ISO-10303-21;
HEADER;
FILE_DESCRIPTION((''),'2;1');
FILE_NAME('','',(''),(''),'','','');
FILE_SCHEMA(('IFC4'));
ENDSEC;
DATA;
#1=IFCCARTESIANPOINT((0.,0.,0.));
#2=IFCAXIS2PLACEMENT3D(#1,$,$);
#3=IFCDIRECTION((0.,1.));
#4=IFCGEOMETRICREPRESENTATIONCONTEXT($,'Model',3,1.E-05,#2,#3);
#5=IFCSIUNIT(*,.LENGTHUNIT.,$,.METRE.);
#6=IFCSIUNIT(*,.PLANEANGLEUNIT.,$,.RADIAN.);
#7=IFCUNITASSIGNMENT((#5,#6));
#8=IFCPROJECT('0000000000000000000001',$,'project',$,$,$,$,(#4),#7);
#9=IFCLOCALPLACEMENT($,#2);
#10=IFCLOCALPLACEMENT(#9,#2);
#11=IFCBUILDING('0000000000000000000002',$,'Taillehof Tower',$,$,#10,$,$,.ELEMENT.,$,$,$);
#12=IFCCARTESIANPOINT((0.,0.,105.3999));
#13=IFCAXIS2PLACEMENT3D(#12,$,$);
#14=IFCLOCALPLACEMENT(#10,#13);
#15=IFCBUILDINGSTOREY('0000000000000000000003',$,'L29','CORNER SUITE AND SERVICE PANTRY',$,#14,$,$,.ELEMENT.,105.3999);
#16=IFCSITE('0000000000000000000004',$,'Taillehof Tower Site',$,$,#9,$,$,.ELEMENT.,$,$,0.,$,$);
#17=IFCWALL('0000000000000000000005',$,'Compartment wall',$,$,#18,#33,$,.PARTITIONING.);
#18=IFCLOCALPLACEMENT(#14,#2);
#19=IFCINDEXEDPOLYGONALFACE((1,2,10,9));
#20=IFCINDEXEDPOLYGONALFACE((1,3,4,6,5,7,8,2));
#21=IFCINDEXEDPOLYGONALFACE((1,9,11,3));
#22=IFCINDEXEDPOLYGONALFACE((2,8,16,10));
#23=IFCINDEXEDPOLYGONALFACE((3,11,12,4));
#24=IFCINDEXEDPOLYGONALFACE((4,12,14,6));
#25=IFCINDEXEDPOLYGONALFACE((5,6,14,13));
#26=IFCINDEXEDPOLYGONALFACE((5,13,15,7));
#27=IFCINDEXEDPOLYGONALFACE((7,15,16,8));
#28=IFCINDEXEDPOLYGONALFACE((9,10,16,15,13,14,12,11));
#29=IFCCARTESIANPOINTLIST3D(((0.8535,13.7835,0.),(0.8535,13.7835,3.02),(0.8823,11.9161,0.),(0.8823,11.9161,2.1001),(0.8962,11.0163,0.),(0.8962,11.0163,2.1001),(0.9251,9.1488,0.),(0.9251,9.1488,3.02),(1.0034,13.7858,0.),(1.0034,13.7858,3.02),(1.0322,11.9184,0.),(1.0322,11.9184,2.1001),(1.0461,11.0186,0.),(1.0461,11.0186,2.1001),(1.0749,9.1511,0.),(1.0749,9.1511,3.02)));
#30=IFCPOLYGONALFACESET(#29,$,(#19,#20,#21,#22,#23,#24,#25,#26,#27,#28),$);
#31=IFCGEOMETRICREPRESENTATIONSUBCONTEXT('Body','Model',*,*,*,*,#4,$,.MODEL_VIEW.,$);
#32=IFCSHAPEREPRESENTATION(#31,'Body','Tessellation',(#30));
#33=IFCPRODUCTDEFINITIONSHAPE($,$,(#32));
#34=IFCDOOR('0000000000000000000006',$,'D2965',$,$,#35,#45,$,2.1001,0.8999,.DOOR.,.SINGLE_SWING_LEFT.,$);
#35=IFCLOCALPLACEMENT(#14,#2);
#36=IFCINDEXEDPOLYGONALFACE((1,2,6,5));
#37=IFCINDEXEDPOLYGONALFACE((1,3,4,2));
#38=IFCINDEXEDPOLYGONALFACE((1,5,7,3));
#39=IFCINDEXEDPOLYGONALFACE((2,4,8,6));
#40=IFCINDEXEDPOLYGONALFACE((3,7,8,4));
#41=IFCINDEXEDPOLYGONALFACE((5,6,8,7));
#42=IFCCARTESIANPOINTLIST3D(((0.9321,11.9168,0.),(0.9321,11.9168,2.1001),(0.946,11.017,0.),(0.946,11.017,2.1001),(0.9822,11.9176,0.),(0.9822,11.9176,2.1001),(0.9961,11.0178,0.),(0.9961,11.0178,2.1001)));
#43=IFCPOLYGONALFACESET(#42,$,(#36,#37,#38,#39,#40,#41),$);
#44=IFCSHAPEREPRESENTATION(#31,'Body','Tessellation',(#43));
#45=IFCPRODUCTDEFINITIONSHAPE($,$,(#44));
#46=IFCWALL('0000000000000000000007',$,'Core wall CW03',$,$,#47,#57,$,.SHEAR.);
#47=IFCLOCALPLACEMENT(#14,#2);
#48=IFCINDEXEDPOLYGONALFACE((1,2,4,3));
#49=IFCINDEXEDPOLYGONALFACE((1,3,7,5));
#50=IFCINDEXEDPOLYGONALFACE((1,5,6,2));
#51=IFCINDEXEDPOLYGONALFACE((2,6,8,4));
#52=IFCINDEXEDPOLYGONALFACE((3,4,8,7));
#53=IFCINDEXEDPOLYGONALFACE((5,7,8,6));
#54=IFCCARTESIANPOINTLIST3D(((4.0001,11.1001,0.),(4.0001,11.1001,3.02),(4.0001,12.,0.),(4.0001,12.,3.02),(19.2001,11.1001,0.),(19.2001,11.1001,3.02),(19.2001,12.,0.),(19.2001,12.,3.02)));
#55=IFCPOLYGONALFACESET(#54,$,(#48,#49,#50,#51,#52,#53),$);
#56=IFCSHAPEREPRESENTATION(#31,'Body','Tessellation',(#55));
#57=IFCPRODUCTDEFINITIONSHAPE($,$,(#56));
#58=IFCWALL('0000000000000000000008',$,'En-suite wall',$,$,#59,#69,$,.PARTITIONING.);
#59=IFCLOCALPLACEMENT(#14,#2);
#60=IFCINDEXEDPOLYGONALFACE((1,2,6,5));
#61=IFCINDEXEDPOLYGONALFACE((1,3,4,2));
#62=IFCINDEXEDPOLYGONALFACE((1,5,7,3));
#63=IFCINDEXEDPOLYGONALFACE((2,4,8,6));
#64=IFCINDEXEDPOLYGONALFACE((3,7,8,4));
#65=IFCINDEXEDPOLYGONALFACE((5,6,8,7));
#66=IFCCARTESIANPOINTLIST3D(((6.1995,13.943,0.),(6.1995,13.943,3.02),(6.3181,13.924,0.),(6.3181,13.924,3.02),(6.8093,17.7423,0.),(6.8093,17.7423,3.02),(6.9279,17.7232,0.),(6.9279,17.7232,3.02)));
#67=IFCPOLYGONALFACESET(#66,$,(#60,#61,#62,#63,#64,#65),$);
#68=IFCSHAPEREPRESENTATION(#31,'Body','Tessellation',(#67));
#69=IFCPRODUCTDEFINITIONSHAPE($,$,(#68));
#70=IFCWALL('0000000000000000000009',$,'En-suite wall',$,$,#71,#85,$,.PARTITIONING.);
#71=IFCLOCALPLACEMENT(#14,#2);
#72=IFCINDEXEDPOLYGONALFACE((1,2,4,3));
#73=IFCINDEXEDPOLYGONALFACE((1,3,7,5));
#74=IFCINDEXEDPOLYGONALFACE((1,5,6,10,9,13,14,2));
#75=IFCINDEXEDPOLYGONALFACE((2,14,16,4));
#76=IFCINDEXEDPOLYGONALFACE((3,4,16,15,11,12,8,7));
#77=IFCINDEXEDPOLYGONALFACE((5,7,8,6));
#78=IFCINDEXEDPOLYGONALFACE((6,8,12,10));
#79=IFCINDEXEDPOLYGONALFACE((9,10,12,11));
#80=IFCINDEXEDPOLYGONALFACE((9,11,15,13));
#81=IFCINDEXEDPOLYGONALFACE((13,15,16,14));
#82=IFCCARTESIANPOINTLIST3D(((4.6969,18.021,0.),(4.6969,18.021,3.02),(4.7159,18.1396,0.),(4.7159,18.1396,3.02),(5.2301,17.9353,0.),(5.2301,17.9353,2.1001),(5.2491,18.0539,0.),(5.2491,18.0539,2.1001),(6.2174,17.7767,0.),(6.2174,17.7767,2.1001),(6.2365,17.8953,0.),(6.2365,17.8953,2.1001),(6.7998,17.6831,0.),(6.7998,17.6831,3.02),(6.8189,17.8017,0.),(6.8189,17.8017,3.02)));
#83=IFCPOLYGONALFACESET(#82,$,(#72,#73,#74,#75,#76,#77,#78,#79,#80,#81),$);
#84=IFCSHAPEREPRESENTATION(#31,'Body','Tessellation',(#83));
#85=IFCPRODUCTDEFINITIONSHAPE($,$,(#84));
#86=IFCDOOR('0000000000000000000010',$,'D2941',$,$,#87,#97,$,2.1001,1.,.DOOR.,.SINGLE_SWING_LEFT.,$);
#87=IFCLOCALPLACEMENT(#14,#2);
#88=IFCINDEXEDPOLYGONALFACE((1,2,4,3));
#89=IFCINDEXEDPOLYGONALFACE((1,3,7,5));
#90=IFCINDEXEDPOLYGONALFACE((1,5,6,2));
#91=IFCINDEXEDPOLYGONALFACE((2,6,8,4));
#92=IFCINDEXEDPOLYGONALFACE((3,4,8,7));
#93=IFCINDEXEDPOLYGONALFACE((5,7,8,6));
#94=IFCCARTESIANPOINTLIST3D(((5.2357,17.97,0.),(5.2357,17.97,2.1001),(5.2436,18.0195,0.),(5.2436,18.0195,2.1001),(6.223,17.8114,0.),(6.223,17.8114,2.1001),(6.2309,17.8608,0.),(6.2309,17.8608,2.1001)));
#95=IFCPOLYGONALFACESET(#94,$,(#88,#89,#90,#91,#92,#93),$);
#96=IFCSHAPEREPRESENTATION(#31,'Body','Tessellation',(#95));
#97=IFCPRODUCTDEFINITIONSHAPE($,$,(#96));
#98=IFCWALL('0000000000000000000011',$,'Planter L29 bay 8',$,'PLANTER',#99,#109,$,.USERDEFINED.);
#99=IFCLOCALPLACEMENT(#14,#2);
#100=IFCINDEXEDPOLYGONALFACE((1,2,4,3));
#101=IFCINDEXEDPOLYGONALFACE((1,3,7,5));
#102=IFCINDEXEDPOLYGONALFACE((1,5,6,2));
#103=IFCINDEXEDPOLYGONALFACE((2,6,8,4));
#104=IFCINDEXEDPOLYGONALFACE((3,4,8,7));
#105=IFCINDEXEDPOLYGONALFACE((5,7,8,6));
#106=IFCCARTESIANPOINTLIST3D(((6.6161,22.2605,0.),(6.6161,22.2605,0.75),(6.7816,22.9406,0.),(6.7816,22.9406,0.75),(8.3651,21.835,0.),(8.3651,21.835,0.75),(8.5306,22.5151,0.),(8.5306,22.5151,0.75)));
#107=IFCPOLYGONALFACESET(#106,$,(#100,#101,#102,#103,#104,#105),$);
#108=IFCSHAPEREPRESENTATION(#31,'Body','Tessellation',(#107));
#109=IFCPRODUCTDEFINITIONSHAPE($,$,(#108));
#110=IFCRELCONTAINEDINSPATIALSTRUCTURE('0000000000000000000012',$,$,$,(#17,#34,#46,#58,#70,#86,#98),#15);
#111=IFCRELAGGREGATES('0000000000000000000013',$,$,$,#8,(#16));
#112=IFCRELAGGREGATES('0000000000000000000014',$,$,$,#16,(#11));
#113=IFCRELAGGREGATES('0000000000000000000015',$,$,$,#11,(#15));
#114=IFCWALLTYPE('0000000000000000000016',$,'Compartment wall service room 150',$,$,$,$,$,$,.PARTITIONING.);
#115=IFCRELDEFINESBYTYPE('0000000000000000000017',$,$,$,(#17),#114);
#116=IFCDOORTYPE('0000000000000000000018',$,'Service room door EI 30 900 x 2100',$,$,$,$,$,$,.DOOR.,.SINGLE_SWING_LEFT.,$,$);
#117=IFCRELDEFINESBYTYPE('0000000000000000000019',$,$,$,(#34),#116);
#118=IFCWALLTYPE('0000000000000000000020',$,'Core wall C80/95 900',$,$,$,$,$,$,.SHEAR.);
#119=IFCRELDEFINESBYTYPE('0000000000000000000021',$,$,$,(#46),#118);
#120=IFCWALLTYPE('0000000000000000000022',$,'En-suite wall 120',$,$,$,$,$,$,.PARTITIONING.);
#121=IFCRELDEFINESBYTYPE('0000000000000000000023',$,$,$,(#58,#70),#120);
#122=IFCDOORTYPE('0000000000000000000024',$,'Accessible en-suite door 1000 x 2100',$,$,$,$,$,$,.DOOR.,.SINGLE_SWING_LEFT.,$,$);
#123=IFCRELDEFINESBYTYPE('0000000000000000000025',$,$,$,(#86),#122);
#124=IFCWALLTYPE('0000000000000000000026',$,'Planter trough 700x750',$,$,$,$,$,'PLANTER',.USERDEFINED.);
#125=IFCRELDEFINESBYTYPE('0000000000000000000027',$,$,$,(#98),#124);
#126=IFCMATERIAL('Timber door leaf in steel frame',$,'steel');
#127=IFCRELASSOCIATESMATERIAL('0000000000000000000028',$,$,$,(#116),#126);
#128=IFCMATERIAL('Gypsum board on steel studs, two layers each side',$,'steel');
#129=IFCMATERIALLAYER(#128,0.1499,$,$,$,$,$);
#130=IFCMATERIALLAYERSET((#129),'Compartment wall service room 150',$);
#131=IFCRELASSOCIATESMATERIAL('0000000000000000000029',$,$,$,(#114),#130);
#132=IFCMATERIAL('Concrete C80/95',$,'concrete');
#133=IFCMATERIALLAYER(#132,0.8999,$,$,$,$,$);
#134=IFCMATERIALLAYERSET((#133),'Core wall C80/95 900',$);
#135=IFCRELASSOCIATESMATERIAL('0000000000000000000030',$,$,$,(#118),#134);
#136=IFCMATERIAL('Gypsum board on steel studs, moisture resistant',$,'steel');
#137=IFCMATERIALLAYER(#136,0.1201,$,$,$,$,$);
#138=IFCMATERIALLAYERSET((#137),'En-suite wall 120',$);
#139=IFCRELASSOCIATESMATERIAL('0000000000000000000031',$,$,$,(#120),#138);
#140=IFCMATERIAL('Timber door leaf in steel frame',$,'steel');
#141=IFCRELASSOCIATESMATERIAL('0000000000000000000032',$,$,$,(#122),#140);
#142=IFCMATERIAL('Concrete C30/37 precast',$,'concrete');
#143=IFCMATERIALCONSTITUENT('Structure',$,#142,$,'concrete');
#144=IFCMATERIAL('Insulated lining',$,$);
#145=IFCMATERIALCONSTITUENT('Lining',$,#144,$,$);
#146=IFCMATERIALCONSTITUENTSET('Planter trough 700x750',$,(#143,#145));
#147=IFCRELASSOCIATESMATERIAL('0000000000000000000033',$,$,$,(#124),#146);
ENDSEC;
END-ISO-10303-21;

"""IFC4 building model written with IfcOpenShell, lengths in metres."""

from ifc_helpers import new_model, si_unit, direction, frame, frame_2d, origin, place, context, subcontext, project, spatial, rectangle, extrude, material, layer, layer_set, constituent, constituent_set, type_object, element, fill, save


model = new_model("IFC4")

# Units and contexts
model_context = context("Model", 3, precision=1e-05, world=origin(), true_north=direction((0.0, 1.0)))
body_context = subcontext(model_context, "Body", "Model", "MODEL_VIEW")
ifc_project = project(units=[si_unit("LENGTHUNIT", "METRE"), si_unit("PLANEANGLEUNIT", "RADIAN")], contexts=[model_context])

# Site, building, storey
site_placement = place(None, origin())
site = spatial("IfcSite", under=ifc_project, at=site_placement, Name="Taillehof Tower Site", CompositionType="ELEMENT", RefElevation=0.0)
building_placement = place(site_placement, origin())
building = spatial("IfcBuilding", under=site, at=building_placement, Name="Taillehof Tower", CompositionType="ELEMENT")
storey_placement = place(building_placement, frame((0.0, 0.0, 105.3999)))
storey = spatial("IfcBuildingStorey", under=building, at=storey_placement, Name="L29", Description="CORNER SUITE AND SERVICE PANTRY", CompositionType="ELEMENT", Elevation=105.3999)

# Shared definitions
ifc_material_1 = material(Name="Timber door leaf in steel frame", Category="steel")
door_type_1 = type_object("IfcDoorType", Name="Service room door EI 30 900 x 2100", OperationType="SINGLE_SWING_LEFT", PredefinedType="DOOR", material=ifc_material_1)

# Wall, opening, door
ifc_material_2 = material(Name="Gypsum board on steel studs, two layers each side", Category="steel")
ifc_layer_1 = layer(ifc_material_2, 0.1499)
ifc_layer_set_1 = layer_set([ifc_layer_1], Name="Compartment wall service room 150")
wall_type_1 = type_object("IfcWallType", Name="Compartment wall service room 150", PredefinedType="PARTITIONING", material=ifc_layer_set_1)
wall_1_placement = place(storey_placement, frame((0.9285, 13.7847, 0.0), z_axis=(0.0, 0.0, 1.0), x_axis=(0.015432, -0.999881, 0.0)))
wall_1 = element("IfcWall", 1, at=wall_1_placement, inside=storey, type_object=wall_type_1, Name="Compartment wall", PredefinedType="PARTITIONING", context=body_context, shape_type="SweptSolid", body=[
    extrude(rectangle(XDim=4.6353, YDim=0.1499, at=frame_2d((2.3176, 0.0))), origin(), (0.0, 0.0, 1.0), 3.02),
])
opening_1_placement = place(wall_1_placement, frame((1.8677, 0.0, 0.0)))
opening_1 = element("IfcOpeningElement", 2, at=opening_1_placement, cuts=wall_1, PredefinedType="OPENING", context=body_context, shape_type="SweptSolid", body=[
    extrude(rectangle(XDim=0.8999, YDim=2.1001, at=frame_2d((0.45, 1.05))), frame((0.0, 0.085, 0.0), z_axis=(0.0, -1.0, 0.0), x_axis=(1.0, 0.0, 0.0)), (0.0, 0.0, 1.0), 0.1699),
])
door_1_placement = place(opening_1_placement, origin())
door_1 = element("IfcDoor", 3, at=door_1_placement, inside=storey, type_object=door_type_1, Name="D2965", OperationType="SINGLE_SWING_LEFT", OverallHeight=2.1001, OverallWidth=0.8999, PredefinedType="DOOR", context=body_context, shape_type="SweptSolid", body=[
    extrude(rectangle(XDim=0.8999, YDim=2.1001, at=frame_2d((0.45, 1.05))), frame((0.0, 0.0249, 0.0), z_axis=(0.0, -1.0, 0.0), x_axis=(1.0, 0.0, 0.0)), (0.0, 0.0, 1.0), 0.05),
])
fill(opening_1, door_1)

# Walls
ifc_material_3 = material(Name="Concrete C80/95", Category="concrete")
ifc_layer_2 = layer(ifc_material_3, 0.8999)
ifc_layer_set_2 = layer_set([ifc_layer_2], Name="Core wall C80/95 900")
wall_type_2 = type_object("IfcWallType", Name="Core wall C80/95 900", PredefinedType="SHEAR", material=ifc_layer_set_2)
wall_2_placement = place(storey_placement, frame((4.0, 11.55, 0.0), z_axis=(0.0, 0.0, 1.0), x_axis=(1.0, 0.0, 0.0)))
element("IfcWall", 4, at=wall_2_placement, inside=storey, type_object=wall_type_2, Name="Core wall CW03", PredefinedType="SHEAR", context=body_context, shape_type="SweptSolid", body=[
    extrude(rectangle(XDim=15.2, YDim=0.8999, at=frame_2d((7.6001, 0.0))), origin(), (0.0, 0.0, 1.0), 3.02),
])
ifc_material_4 = material(Name="Gypsum board on steel studs, moisture resistant", Category="steel")
ifc_layer_3 = layer(ifc_material_4, 0.1201)
ifc_layer_set_3 = layer_set([ifc_layer_3], Name="En-suite wall 120")
wall_type_3 = type_object("IfcWallType", Name="En-suite wall 120", PredefinedType="PARTITIONING", material=ifc_layer_set_3)
wall_3_placement = place(storey_placement, frame((6.2588, 13.9336, 0.0), z_axis=(0.0, 0.0, 1.0), x_axis=(0.15849, 0.987361, 0.0)))
element("IfcWall", 5, at=wall_3_placement, inside=storey, type_object=wall_type_3, Name="En-suite wall", PredefinedType="PARTITIONING", context=body_context, shape_type="SweptSolid", body=[
    extrude(rectangle(XDim=3.8479, YDim=0.1201, at=frame_2d((1.9238, 0.0))), origin(), (0.0, 0.0, 1.0), 3.02),
])

# Wall, opening, door
wall_4_placement = place(storey_placement, frame((6.8093, 17.7424, 0.0), z_axis=(0.0, 0.0, 1.0), x_axis=(-0.987337, 0.158634, 0.0)))
wall_4 = element("IfcWall", 6, at=wall_4_placement, inside=storey, type_object=wall_type_3, Name="En-suite wall", PredefinedType="PARTITIONING", context=body_context, shape_type="SweptSolid", body=[
    extrude(rectangle(XDim=2.1299, YDim=0.1201, at=frame_2d((1.0649, 0.0))), origin(), (0.0, 0.0, 1.0), 3.02),
])
opening_2_placement = place(wall_4_placement, frame((0.5898, 0.0, 0.0)))
opening_2 = element("IfcOpeningElement", 7, at=opening_2_placement, cuts=wall_4, PredefinedType="OPENING", context=body_context, shape_type="SweptSolid", body=[
    extrude(rectangle(XDim=1.0, YDim=2.1001, at=frame_2d((0.5, 1.05))), frame((0.0, 0.0701, 0.0), z_axis=(0.0, -1.0, 0.0), x_axis=(1.0, 0.0, 0.0)), (0.0, 0.0, 1.0), 0.1401),
])
ifc_material_5 = material(Name="Timber door leaf in steel frame", Category="steel")
door_type_2 = type_object("IfcDoorType", Name="Accessible en-suite door 1000 x 2100", OperationType="SINGLE_SWING_LEFT", PredefinedType="DOOR", material=ifc_material_5)
door_2_placement = place(opening_2_placement, origin())
door_2 = element("IfcDoor", 8, at=door_2_placement, inside=storey, type_object=door_type_2, Name="D2941", OperationType="SINGLE_SWING_LEFT", OverallHeight=2.1001, OverallWidth=1.0, PredefinedType="DOOR", context=body_context, shape_type="SweptSolid", body=[
    extrude(rectangle(XDim=1.0, YDim=2.1001, at=frame_2d((0.5, 1.05))), frame((0.0, 0.0249, 0.0), z_axis=(0.0, -1.0, 0.0), x_axis=(1.0, 0.0, 0.0)), (0.0, 0.0, 1.0), 0.05),
])
fill(opening_2, door_2)

# Wall
ifc_material_6 = material(Name="Concrete C30/37 precast", Category="concrete")
ifc_constituent_1 = constituent(ifc_material_6, Name="Structure", Category="concrete")
ifc_material_7 = material(Name="Insulated lining")
ifc_constituent_2 = constituent(ifc_material_7, Name="Lining")
ifc_constituent_set = constituent_set(constituents=[ifc_constituent_1, ifc_constituent_2], Name="Planter trough 700x750")
wall_type_4 = type_object("IfcWallType", Name="Planter trough 700x750", ElementType="PLANTER", PredefinedType="USERDEFINED", material=ifc_constituent_set)
wall_5_placement = place(storey_placement, frame((8.4478, 22.175, 0.0), z_axis=(0.0, 0.0, 1.0), x_axis=(-0.971655, 0.236403, 0.0)))
element("IfcWall", 9, at=wall_5_placement, inside=storey, type_object=wall_type_4, Name="Planter L29 bay 8", ObjectType="PLANTER", PredefinedType="USERDEFINED", context=body_context, shape_type="SweptSolid", body=[
    extrude(rectangle(XDim=1.8, YDim=0.7, at=frame_2d((0.8999, 0.0))), origin(), (0.0, 0.0, 1.0), 0.75),
])

save(model, "model.ifc")
